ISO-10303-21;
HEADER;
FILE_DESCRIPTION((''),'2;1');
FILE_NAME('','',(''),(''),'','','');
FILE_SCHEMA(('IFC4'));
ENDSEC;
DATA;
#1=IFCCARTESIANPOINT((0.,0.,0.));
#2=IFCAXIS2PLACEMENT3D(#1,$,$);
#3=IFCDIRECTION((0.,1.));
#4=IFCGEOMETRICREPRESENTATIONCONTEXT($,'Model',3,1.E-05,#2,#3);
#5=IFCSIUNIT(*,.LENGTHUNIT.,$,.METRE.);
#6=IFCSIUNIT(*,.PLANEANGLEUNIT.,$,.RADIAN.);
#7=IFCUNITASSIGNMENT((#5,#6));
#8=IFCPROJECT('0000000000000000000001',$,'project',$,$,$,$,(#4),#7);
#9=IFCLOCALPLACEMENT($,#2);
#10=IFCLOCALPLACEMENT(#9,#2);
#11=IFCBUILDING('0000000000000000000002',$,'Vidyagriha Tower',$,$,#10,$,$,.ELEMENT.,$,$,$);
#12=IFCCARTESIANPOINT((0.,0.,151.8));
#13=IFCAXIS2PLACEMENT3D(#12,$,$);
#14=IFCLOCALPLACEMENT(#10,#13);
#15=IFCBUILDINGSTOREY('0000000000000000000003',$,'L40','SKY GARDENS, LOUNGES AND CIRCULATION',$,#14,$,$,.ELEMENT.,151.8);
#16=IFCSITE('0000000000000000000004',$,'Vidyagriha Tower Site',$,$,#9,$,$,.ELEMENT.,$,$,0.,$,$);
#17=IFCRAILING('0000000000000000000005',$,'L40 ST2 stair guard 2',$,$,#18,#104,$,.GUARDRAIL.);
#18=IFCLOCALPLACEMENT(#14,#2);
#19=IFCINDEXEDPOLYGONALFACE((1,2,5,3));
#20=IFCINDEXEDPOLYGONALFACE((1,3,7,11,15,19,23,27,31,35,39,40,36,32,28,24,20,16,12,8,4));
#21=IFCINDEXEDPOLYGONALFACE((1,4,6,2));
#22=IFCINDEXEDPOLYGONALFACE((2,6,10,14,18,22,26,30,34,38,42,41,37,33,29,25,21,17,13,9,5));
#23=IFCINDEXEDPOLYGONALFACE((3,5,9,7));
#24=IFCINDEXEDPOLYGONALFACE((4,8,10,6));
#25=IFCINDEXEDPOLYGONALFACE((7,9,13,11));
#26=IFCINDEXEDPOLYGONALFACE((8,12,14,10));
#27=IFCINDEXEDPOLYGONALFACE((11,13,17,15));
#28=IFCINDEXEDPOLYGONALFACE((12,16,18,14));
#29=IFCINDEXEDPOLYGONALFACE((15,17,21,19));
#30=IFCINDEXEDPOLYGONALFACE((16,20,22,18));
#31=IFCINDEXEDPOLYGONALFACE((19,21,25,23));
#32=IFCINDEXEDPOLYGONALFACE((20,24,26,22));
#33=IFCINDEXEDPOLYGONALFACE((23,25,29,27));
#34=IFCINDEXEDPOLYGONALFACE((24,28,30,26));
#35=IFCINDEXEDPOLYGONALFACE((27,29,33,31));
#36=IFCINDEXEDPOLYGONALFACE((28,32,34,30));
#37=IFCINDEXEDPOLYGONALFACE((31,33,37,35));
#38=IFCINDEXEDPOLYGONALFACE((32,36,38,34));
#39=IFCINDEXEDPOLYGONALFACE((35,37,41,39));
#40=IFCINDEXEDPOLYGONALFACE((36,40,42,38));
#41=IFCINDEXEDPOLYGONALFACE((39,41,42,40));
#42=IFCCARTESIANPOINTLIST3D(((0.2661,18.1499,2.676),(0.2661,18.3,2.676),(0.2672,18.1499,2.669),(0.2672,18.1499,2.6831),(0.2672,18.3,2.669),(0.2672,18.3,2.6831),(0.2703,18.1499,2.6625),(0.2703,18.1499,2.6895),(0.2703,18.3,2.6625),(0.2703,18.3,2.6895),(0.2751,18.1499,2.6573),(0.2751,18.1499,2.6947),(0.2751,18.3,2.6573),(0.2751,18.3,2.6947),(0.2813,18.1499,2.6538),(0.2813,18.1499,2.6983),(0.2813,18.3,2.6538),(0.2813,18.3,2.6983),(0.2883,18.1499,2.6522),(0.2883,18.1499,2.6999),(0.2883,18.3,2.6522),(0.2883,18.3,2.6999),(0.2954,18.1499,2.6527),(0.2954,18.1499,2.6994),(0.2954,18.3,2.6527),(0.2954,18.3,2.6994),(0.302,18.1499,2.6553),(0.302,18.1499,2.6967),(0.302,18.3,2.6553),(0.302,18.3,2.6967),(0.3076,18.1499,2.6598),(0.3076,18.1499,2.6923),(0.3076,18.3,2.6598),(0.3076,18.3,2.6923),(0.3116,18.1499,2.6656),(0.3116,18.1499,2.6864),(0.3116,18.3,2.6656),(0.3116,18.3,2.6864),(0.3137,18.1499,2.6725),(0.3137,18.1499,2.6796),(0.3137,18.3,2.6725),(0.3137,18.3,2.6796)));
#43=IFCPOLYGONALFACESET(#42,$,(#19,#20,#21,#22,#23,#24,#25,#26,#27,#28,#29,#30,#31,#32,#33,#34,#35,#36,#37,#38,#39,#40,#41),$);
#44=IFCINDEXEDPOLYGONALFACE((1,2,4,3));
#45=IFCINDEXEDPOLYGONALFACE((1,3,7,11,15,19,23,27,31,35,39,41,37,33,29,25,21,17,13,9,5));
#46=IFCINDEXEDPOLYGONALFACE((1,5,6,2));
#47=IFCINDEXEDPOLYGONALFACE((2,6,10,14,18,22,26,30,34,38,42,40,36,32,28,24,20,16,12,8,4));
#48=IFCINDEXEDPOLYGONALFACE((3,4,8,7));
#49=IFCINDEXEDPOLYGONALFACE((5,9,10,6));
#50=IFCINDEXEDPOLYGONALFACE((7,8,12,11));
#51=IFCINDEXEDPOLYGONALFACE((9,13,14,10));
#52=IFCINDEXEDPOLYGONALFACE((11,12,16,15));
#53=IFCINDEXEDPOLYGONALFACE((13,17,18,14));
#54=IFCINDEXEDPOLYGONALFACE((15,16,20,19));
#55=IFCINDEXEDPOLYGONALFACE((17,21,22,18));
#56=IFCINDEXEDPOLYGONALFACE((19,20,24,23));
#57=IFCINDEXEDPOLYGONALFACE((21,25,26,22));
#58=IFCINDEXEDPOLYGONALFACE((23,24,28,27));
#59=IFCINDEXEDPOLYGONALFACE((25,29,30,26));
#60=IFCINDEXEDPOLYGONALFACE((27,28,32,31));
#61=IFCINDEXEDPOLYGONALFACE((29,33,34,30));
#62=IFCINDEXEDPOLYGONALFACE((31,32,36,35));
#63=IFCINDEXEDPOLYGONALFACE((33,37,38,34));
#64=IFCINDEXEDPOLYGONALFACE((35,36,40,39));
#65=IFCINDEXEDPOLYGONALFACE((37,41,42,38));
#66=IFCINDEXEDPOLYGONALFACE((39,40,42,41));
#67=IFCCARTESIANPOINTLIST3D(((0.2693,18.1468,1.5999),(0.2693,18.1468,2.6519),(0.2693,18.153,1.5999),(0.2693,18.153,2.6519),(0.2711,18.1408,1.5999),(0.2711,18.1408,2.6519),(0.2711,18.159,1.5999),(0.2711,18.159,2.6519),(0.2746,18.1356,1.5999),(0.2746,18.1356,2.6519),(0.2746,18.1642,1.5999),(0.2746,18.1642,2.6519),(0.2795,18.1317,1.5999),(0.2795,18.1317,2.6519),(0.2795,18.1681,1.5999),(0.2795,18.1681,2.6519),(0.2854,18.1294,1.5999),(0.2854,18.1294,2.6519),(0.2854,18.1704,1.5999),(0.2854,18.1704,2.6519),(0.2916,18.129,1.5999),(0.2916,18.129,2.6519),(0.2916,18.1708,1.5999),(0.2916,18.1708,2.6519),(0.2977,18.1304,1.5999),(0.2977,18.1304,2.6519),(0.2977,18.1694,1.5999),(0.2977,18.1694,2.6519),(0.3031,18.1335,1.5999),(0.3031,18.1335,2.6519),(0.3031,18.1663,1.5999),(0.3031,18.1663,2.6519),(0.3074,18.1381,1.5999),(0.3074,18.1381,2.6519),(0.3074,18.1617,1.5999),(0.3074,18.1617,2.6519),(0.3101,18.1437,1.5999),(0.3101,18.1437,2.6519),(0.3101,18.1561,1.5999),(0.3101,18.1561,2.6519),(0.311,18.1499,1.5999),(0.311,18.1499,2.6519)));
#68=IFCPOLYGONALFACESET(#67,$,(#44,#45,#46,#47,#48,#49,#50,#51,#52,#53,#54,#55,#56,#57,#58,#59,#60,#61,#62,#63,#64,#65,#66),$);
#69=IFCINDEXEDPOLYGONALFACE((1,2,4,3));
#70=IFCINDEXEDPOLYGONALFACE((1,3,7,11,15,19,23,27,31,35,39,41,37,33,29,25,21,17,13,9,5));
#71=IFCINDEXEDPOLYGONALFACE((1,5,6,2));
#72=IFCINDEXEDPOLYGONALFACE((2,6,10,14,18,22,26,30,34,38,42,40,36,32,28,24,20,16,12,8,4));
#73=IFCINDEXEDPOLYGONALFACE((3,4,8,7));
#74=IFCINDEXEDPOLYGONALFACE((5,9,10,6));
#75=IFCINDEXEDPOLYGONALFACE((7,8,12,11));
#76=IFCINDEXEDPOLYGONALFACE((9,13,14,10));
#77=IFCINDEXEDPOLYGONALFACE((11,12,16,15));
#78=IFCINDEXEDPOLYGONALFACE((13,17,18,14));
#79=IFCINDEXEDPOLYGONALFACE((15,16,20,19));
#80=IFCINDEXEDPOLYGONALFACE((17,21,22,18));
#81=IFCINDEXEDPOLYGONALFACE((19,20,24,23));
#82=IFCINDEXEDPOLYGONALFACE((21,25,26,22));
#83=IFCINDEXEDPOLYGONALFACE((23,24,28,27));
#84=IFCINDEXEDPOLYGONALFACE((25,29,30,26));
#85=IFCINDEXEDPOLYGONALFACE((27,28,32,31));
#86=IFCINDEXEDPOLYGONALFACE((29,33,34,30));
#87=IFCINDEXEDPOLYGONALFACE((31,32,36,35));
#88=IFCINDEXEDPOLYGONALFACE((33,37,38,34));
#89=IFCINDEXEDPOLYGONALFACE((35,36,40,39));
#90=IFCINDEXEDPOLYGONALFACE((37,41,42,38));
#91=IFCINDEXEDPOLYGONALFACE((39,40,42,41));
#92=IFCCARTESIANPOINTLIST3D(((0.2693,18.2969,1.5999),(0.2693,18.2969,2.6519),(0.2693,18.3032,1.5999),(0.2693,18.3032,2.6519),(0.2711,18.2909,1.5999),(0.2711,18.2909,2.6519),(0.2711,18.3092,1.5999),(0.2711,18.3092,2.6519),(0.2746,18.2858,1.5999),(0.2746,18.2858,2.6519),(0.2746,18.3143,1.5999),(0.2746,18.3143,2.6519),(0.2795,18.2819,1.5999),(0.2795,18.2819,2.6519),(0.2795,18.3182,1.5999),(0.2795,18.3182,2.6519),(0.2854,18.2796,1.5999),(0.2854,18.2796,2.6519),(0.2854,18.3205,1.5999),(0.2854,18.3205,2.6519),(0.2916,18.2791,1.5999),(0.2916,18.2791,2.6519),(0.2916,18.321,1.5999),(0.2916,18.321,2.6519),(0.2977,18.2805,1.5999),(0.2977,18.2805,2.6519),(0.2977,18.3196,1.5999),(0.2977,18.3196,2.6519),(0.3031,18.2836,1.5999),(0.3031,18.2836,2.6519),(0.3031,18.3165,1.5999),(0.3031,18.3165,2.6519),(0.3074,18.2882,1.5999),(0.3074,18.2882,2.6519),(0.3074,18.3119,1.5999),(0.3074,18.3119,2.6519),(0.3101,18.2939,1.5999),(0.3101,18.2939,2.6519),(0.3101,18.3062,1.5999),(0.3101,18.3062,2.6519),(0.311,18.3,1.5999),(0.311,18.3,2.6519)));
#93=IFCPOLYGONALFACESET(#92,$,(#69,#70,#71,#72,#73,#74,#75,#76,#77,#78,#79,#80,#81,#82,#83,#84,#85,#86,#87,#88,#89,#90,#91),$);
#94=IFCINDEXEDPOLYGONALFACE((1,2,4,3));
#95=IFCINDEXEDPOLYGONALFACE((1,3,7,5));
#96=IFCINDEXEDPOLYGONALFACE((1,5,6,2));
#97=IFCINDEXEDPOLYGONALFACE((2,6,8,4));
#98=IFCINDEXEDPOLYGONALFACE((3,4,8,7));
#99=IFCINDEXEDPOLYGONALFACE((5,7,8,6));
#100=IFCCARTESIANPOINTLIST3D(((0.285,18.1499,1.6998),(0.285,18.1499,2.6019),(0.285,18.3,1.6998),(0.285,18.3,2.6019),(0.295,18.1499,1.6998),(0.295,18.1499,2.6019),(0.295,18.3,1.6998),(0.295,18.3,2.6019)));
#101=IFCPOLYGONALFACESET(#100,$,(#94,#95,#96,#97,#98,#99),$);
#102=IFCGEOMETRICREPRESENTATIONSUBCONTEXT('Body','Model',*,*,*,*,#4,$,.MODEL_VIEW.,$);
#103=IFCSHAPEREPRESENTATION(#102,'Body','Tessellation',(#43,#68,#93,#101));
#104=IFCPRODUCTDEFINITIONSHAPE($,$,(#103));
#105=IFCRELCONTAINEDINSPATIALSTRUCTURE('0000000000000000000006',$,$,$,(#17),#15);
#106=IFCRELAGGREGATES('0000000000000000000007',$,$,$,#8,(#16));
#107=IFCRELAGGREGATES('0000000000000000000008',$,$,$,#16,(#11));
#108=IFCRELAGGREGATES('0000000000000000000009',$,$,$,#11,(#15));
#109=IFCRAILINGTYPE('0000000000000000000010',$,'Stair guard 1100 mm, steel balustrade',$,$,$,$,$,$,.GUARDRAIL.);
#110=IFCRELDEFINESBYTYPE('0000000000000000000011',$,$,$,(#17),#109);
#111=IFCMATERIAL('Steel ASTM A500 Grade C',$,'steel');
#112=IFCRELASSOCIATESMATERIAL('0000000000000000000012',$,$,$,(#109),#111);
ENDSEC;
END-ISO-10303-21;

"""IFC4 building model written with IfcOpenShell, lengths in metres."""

from ifc_helpers import new_model, si_unit, direction, frame, origin, origin_2d, place, context, subcontext, project, spatial, rectangle, circle, extrude, material, type_object, element, save


model = new_model("IFC4")

# Units and contexts
model_context = context("Model", 3, precision=1e-05, world=origin(), true_north=direction((0.0, 1.0)))
body_context = subcontext(model_context, "Body", "Model", "MODEL_VIEW")
ifc_project = project(units=[si_unit("LENGTHUNIT", "METRE"), si_unit("PLANEANGLEUNIT", "RADIAN")], contexts=[model_context])

# Site, building, storey
site_placement = place(None, origin())
site = spatial("IfcSite", under=ifc_project, at=site_placement, Name="Vidyagriha Tower Site", CompositionType="ELEMENT", RefElevation=0.0)
building_placement = place(site_placement, origin())
building = spatial("IfcBuilding", under=site, at=building_placement, Name="Vidyagriha Tower", CompositionType="ELEMENT")
storey_placement = place(building_placement, frame((0.0, 0.0, 151.8)))
storey = spatial("IfcBuildingStorey", under=building, at=storey_placement, Name="L40", Description="SKY GARDENS, LOUNGES AND CIRCULATION", CompositionType="ELEMENT", Elevation=151.8)

# Railing
ifc_material_1 = material(Name="Steel ASTM A500 Grade C", Category="steel")
railing_type_1 = type_object("IfcRailingType", Name="Stair guard 1100 mm, steel balustrade", PredefinedType="GUARDRAIL", material=ifc_material_1)
railing_1_placement = place(storey_placement, frame((0.29, 18.1499, 1.5999)))
element("IfcRailing", 1, at=railing_1_placement, inside=storey, type_object=railing_type_1, Name="L40 ST2 stair guard 2", PredefinedType="GUARDRAIL", context=body_context, shape_type="SweptSolid", body=[
    extrude(circle(Radius=0.0239, at=origin_2d()), frame((0.0, 0.0, 1.0762), z_axis=(0.0, 1.0, 0.0), x_axis=(-1.0, 0.0, 0.0)), (0.0, 0.0, 1.0), 0.1501),
    extrude(circle(Radius=0.021, at=origin_2d()), origin(), (0.0, 0.0, 1.0), 1.052),
    extrude(circle(Radius=0.021, at=origin_2d()), frame((0.0, 0.1501, 0.0)), (0.0, 0.0, 1.0), 1.052),
    extrude(rectangle(XDim=0.01, YDim=0.9021, at=origin_2d()), frame((0.0, 0.0, 0.551), z_axis=(0.0, 1.0, 0.0), x_axis=(-1.0, 0.0, 0.0)), (0.0, 0.0, 1.0), 0.1501),
])

save(model, "model.ifc")
